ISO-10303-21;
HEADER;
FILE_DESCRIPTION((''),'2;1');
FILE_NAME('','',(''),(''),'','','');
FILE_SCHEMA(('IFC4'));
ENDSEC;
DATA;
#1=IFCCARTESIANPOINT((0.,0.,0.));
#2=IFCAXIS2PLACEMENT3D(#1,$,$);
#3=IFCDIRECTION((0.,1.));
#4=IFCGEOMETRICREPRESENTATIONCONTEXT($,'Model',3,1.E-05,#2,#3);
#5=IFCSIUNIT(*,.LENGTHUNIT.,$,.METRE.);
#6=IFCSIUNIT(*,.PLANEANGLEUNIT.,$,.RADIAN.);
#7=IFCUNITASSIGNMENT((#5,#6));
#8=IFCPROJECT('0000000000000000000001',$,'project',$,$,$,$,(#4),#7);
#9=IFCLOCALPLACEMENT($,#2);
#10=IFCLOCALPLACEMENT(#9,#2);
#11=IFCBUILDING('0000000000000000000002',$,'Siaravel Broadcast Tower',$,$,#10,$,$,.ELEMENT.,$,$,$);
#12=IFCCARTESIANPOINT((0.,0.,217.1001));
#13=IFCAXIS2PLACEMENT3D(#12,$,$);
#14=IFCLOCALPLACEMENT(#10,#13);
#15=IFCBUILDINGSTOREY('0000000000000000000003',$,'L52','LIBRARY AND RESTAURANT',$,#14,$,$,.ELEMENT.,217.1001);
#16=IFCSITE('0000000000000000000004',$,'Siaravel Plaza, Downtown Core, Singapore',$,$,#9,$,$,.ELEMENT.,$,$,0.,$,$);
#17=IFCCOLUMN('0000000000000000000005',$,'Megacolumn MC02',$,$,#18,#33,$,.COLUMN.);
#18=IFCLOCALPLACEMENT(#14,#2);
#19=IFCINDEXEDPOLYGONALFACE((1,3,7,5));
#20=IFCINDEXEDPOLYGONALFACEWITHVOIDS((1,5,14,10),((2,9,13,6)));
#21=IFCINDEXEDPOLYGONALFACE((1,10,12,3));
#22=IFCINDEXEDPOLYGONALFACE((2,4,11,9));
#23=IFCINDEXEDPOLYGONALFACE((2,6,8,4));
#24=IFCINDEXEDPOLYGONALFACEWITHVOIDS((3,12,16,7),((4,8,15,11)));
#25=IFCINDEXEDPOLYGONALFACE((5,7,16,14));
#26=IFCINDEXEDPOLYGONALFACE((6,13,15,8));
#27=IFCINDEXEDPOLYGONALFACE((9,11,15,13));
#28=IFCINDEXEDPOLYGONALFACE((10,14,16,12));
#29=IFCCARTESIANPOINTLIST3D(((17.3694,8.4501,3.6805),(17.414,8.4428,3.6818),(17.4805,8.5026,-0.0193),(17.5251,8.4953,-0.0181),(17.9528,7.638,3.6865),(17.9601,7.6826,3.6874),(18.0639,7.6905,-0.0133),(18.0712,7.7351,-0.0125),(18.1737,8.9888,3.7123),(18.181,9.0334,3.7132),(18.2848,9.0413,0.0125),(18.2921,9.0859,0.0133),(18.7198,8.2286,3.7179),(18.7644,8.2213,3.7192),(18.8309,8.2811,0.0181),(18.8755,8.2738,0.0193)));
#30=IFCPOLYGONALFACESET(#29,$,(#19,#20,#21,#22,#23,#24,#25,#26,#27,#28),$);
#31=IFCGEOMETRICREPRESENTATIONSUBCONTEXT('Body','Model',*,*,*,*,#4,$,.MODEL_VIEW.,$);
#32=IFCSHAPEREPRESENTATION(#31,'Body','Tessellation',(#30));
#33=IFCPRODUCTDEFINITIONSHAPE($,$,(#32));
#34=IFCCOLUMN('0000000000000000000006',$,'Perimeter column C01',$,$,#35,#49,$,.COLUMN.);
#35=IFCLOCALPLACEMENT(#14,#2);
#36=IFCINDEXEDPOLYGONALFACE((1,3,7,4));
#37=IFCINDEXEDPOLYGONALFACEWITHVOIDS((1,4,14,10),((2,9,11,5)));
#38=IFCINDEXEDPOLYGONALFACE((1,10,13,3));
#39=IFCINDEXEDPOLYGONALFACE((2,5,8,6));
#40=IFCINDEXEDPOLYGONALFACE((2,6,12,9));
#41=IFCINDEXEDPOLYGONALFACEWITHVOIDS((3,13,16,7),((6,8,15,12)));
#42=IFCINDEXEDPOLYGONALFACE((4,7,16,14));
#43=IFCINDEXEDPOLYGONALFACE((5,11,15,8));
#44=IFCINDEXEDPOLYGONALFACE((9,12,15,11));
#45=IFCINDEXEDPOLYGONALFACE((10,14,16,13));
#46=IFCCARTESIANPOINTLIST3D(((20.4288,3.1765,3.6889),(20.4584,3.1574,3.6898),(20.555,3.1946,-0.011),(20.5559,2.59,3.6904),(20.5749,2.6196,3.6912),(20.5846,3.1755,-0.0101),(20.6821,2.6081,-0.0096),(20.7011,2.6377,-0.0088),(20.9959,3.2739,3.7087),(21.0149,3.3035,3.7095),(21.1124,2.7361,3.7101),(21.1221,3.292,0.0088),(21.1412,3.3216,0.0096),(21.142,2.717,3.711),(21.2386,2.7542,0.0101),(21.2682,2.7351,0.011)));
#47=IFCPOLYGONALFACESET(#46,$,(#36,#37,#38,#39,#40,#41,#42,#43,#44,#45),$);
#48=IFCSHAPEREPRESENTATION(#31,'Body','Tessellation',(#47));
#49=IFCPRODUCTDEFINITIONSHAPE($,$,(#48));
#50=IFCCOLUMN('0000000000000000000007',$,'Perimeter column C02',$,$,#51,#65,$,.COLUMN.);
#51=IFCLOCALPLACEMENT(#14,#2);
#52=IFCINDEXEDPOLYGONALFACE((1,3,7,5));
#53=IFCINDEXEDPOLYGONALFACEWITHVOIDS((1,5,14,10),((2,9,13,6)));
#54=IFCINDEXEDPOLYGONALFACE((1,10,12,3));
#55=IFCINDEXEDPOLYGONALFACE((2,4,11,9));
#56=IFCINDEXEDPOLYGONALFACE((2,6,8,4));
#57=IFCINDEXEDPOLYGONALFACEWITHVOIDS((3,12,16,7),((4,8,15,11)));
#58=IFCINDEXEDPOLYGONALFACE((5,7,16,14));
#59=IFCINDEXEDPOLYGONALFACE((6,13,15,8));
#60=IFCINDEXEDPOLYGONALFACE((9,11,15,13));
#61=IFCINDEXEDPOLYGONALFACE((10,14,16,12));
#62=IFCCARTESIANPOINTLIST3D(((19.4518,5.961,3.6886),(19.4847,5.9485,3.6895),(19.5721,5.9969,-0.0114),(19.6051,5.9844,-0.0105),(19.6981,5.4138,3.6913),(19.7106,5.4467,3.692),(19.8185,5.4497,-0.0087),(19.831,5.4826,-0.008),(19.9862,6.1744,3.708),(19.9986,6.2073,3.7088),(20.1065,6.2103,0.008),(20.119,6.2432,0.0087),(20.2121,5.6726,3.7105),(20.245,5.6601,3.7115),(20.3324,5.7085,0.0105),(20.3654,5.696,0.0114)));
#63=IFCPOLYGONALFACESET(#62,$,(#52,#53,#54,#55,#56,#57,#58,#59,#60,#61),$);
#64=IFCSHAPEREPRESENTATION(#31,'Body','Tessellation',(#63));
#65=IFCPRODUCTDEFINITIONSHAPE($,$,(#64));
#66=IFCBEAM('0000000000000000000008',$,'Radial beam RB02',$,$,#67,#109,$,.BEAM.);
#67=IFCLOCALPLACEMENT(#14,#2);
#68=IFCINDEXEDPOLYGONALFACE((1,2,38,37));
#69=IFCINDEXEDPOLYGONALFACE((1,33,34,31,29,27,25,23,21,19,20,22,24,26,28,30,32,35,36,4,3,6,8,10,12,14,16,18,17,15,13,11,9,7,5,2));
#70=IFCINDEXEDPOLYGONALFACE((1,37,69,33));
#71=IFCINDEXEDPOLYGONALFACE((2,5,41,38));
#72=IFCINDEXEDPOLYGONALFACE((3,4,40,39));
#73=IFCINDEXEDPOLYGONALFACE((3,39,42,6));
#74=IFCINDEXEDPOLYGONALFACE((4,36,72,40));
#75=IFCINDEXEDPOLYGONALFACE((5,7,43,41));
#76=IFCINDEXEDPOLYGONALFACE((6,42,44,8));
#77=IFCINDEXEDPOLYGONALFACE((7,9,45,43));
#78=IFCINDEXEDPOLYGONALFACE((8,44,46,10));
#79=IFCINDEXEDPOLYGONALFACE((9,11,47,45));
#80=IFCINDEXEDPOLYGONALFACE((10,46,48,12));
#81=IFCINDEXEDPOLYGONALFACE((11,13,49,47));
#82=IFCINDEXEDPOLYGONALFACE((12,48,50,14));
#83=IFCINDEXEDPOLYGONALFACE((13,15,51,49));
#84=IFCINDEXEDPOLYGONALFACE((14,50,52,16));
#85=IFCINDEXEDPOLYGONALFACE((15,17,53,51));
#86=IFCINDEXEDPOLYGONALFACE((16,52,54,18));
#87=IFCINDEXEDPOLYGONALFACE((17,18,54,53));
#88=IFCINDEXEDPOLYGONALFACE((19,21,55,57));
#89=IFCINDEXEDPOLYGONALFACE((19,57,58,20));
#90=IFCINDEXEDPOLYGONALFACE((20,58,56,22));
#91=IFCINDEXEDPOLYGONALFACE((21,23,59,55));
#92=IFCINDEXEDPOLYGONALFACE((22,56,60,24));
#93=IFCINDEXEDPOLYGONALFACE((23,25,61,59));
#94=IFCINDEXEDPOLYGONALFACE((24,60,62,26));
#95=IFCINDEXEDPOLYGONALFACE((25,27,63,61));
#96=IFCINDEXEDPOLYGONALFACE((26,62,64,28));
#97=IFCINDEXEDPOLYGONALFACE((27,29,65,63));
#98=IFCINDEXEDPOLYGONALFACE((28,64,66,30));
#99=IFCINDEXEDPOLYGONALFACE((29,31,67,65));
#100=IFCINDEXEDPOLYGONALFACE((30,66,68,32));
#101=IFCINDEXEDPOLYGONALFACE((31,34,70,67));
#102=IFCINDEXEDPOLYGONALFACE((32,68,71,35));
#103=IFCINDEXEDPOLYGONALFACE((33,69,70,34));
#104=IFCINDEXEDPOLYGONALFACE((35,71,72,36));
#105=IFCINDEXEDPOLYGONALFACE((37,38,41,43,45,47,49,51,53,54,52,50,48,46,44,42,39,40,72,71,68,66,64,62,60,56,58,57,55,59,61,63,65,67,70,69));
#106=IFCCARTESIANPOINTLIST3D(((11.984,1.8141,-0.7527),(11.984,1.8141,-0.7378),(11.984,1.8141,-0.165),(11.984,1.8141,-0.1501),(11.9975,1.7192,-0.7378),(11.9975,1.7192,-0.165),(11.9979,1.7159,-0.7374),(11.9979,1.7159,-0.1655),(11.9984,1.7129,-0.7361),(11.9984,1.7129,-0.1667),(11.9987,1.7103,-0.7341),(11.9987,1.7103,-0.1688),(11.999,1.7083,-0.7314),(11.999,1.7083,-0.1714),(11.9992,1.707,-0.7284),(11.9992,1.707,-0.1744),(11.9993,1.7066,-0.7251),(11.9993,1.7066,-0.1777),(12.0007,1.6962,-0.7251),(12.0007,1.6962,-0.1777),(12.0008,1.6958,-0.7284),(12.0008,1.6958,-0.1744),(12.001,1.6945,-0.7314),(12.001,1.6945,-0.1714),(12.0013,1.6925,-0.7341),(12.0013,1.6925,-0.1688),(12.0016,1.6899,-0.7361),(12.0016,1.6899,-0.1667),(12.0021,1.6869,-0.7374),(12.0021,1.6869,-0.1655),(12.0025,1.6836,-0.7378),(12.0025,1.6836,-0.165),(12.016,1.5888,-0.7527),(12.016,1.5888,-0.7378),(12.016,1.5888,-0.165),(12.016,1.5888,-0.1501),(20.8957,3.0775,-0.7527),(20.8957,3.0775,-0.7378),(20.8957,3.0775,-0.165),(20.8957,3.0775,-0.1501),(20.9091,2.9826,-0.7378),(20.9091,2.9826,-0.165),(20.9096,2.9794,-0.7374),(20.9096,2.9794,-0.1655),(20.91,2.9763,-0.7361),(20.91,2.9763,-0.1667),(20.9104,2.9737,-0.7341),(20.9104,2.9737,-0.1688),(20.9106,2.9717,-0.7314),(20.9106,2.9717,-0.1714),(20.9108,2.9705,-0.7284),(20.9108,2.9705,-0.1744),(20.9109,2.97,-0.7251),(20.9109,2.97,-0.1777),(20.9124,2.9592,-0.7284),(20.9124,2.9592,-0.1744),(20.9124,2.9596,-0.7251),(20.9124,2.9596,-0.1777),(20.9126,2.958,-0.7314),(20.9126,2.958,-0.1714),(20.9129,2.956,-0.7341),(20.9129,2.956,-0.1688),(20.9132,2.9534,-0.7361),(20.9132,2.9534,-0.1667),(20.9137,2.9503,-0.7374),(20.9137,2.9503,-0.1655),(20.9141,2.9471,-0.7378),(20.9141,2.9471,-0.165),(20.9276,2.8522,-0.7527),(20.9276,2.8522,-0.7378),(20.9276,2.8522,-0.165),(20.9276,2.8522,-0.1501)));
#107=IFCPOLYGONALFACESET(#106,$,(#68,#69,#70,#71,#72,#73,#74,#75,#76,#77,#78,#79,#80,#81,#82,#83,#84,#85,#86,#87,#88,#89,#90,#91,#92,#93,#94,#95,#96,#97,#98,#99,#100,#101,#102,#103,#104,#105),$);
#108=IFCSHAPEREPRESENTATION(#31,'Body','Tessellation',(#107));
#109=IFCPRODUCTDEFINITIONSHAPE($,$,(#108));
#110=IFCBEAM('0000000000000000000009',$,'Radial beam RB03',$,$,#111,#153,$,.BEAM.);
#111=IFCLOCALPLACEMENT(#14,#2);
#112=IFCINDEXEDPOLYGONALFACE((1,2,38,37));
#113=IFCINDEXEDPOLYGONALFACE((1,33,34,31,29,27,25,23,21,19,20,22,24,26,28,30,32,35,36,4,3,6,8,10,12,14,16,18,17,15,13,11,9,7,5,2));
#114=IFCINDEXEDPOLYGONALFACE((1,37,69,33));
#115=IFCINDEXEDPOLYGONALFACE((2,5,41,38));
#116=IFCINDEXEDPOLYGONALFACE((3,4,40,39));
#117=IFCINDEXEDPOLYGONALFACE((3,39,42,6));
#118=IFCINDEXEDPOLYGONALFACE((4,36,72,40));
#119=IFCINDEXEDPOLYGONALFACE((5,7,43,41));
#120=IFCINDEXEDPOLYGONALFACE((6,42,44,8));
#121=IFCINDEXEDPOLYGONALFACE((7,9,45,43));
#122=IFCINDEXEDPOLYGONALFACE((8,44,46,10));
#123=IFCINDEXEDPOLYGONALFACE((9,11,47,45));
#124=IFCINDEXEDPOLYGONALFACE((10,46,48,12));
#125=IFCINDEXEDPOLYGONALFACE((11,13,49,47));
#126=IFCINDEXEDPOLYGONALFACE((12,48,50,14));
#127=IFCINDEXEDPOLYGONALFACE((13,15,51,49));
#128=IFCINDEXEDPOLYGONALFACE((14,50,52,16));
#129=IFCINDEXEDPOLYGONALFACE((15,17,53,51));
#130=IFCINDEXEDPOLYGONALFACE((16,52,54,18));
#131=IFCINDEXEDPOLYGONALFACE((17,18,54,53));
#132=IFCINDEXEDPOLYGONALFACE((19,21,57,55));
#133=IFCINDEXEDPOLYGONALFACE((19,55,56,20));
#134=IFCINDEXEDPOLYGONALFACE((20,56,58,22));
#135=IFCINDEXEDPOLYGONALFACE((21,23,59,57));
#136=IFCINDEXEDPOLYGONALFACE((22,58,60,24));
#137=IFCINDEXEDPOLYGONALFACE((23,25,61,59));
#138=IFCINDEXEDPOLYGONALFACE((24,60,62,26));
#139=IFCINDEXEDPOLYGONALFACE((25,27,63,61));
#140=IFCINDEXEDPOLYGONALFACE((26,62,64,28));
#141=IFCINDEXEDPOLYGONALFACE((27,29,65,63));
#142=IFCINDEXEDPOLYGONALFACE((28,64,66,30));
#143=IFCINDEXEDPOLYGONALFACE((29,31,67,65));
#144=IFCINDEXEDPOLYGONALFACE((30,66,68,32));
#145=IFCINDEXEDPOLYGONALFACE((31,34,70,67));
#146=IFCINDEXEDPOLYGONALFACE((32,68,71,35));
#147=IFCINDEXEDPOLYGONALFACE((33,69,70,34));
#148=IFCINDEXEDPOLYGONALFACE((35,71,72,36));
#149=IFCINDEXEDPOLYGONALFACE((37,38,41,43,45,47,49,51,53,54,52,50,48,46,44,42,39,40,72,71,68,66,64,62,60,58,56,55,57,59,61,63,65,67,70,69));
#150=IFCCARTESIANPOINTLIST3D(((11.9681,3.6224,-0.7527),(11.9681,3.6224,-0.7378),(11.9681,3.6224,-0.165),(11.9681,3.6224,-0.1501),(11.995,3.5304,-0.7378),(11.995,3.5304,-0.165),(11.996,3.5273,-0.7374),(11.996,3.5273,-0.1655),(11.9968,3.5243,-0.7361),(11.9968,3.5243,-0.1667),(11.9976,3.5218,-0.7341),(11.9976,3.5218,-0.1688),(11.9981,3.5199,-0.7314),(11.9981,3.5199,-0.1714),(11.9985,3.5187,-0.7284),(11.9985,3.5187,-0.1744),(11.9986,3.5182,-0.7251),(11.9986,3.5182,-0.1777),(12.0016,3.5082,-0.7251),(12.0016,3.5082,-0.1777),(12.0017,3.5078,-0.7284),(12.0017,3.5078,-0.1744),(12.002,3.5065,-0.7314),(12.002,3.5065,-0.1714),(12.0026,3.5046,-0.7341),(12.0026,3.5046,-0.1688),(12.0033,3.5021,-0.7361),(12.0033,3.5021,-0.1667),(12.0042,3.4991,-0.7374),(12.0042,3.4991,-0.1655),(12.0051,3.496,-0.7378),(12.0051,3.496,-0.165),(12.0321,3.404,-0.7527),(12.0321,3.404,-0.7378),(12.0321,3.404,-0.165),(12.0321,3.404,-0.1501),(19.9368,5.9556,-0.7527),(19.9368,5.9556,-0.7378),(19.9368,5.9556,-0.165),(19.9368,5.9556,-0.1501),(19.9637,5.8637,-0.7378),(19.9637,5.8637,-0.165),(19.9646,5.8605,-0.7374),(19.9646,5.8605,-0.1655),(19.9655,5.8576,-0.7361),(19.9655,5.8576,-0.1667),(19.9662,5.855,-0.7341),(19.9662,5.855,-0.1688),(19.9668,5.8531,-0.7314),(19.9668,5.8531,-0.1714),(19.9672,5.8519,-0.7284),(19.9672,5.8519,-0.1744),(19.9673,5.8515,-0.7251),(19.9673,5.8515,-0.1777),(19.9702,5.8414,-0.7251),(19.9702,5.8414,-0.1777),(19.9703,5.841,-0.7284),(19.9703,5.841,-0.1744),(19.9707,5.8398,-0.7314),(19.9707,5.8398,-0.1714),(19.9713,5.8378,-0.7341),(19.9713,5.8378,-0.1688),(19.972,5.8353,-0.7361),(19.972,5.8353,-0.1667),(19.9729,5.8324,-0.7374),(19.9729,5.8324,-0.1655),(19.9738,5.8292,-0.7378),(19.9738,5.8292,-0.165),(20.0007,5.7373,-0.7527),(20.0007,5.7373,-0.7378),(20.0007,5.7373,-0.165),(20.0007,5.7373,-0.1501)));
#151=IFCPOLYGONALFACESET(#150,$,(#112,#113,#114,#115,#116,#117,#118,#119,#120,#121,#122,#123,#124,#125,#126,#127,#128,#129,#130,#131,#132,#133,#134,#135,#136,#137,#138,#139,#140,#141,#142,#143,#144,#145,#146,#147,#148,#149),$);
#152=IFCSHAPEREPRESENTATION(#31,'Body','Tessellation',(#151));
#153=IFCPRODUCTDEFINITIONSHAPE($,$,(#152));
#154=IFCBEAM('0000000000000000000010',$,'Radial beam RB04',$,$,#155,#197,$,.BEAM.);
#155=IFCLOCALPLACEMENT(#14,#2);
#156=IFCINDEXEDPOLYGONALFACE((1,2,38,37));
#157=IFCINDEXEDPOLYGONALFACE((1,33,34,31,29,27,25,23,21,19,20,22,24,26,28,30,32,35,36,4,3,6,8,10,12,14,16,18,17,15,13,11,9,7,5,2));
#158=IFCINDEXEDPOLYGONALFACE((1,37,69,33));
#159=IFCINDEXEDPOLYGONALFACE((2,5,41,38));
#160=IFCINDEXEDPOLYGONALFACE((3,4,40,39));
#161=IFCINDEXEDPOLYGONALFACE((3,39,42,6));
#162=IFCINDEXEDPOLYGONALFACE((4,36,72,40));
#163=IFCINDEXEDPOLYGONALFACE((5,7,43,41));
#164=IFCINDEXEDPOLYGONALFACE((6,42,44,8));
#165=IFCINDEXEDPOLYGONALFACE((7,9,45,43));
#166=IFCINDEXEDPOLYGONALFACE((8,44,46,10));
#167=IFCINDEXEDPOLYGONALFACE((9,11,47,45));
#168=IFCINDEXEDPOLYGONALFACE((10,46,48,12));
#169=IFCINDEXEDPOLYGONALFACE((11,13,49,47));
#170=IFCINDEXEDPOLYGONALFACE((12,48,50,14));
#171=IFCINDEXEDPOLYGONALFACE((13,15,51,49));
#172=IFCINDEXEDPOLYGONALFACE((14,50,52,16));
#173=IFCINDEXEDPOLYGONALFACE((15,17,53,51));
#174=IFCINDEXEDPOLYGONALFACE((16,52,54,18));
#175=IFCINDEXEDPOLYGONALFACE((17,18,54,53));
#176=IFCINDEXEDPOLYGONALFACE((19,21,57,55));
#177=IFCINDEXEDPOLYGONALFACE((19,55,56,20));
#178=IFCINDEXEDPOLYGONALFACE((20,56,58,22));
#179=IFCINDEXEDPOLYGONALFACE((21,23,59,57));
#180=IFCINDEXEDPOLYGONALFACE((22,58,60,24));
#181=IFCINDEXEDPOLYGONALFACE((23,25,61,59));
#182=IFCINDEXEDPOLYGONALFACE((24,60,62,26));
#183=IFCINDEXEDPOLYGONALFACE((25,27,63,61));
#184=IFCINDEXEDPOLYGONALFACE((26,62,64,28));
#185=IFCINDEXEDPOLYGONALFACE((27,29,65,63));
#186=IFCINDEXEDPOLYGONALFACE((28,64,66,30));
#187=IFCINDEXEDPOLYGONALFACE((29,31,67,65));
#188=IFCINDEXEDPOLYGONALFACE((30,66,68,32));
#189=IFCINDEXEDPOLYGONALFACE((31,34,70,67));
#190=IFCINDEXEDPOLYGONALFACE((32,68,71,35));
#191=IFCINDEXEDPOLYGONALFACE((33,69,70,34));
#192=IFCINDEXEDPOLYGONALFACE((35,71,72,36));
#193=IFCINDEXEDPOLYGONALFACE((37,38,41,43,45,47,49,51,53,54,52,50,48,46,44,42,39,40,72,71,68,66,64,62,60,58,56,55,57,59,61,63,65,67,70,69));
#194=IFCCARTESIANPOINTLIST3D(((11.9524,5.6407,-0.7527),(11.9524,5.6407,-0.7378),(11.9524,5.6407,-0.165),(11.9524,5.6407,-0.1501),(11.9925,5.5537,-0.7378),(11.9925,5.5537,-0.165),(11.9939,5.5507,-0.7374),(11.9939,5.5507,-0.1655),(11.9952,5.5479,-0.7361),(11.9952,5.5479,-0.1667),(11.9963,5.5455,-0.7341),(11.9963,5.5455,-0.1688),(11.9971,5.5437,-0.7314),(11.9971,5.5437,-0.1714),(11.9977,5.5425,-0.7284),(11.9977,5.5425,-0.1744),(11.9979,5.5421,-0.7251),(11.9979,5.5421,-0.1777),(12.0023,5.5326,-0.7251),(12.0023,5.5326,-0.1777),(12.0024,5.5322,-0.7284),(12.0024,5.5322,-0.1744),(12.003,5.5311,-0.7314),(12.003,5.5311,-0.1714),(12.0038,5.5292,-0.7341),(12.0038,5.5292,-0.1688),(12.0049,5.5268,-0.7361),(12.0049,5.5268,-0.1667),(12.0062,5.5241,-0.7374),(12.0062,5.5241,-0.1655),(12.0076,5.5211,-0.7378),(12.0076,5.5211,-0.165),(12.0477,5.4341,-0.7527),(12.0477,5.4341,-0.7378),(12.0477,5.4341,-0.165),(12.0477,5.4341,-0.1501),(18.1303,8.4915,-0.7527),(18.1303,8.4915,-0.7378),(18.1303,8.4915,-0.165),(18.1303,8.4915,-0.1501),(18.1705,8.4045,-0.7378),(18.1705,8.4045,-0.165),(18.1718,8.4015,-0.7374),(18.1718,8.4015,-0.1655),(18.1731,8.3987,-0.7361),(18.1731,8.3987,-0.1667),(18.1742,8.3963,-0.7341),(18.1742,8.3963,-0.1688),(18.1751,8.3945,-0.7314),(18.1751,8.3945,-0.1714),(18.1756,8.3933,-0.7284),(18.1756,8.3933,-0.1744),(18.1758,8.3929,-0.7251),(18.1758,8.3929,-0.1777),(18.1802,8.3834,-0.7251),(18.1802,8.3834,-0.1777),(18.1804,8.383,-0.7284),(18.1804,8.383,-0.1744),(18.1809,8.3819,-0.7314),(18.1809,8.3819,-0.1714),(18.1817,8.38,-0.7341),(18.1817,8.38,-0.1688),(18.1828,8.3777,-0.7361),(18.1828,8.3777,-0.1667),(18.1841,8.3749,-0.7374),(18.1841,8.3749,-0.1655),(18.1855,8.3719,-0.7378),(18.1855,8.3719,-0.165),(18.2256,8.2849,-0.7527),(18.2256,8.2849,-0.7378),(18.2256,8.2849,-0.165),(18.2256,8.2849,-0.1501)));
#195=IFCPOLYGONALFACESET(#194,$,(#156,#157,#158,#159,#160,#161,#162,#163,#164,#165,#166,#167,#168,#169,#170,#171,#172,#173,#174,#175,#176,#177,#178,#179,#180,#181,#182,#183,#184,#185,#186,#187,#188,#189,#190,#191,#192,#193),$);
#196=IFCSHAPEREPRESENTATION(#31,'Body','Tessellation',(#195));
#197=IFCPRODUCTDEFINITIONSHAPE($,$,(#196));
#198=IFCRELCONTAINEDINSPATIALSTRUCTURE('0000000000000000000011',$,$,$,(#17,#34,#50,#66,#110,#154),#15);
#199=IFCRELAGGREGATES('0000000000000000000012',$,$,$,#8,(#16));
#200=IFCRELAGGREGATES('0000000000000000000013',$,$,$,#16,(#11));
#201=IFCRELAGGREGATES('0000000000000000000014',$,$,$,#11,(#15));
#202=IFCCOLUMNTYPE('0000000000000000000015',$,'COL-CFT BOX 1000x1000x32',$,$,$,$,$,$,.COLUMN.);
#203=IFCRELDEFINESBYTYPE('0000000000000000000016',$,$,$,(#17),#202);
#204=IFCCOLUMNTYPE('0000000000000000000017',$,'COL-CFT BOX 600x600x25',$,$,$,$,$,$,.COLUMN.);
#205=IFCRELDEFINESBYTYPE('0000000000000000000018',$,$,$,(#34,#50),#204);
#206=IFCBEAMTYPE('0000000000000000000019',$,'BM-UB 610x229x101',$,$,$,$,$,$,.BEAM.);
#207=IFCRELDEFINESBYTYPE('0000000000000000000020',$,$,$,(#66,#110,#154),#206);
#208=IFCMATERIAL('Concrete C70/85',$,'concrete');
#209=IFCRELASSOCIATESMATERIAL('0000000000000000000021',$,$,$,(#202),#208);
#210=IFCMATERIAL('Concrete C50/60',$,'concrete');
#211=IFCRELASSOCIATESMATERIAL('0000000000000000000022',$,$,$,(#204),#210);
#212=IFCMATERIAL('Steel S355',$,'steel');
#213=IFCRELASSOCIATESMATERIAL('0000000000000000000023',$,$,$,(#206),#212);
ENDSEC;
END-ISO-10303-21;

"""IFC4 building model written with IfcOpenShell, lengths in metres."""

from ifc_helpers import new_model, si_unit, direction, frame, origin, origin_2d, place, context, subcontext, project, spatial, hollow_rectangle, i_section, extrude, material, material_profile, profile_set, type_object, element, save


model = new_model("IFC4")

# Units and contexts
model_context = context("Model", 3, precision=1e-05, world=origin(), true_north=direction((0.0, 1.0)))
body_context = subcontext(model_context, "Body", "Model", "MODEL_VIEW")
ifc_project = project(units=[si_unit("LENGTHUNIT", "METRE"), si_unit("PLANEANGLEUNIT", "RADIAN")], contexts=[model_context])

# Site, building, storey
site_placement = place(None, origin())
site = spatial("IfcSite", under=ifc_project, at=site_placement, Name="Siaravel Plaza, Downtown Core, Singapore", CompositionType="ELEMENT", RefElevation=0.0)
building_placement = place(site_placement, origin())
building = spatial("IfcBuilding", under=site, at=building_placement, Name="Siaravel Broadcast Tower", CompositionType="ELEMENT")
storey_placement = place(building_placement, frame((0.0, 0.0, 217.1001)))
storey = spatial("IfcBuildingStorey", under=building, at=storey_placement, Name="L52", Description="LIBRARY AND RESTAURANT", CompositionType="ELEMENT", Elevation=217.1001)

# Columns
ifc_material_1 = material(Name="Concrete C70/85", Category="concrete")
ifc_material_profile_1 = material_profile(ifc_material_1, hollow_rectangle(XDim=1.0, YDim=1.0, WallThickness=0.032, at=origin_2d()))
ifc_profile_set_1 = profile_set([ifc_material_profile_1], Name="Concrete C70/85")
column_type_1 = type_object("IfcColumnType", Name="COL-CFT BOX 1000x1000x32", PredefinedType="COLUMN", material=ifc_profile_set_1)
column_placement = place(storey_placement, frame((18.178, 8.3882, 0.0), z_axis=(-0.030007, -0.014179, 0.999449), x_axis=(0.583437, -0.812136, 0.005995)))
element("IfcColumn", 1, at=column_placement, inside=storey, type_object=column_type_1, Name="Megacolumn MC02", PredefinedType="COLUMN", context=body_context, shape_type="SweptSolid", body=[
    extrude(hollow_rectangle(XDim=1.0, YDim=1.0, WallThickness=0.032, at=origin_2d()), origin(), (0.0, 0.0, 1.0), 3.7019),
])
ifc_material_2 = material(Name="Concrete C50/60", Category="concrete")
ifc_material_profile_2 = material_profile(ifc_material_2, hollow_rectangle(XDim=0.6001, YDim=0.6001, WallThickness=0.0249, at=origin_2d()))
ifc_profile_set_2 = profile_set([ifc_material_profile_2], Name="Concrete C50/60")
column_type_2 = type_object("IfcColumnType", Name="COL-CFT BOX 600x600x25", PredefinedType="COLUMN", material=ifc_profile_set_2)
for number, where, z_axis, x_axis, name in (
    (2, (20.9116, 2.9648, 0.0), (-0.034094, -0.00488, 0.999407), (0.211703, -0.977331, 0.00245), "Perimeter column C01"),
    (3, (19.9688, 5.8464, 0.0), (-0.032512, -0.009694, 0.999424), (0.410522, -0.91184, 0.00451), "Perimeter column C02"),
):
    element("IfcColumn", number, at=place(storey_placement, frame(where, z_axis=z_axis, x_axis=x_axis)), inside=storey, type_object=column_type_2, Name=name, PredefinedType="COLUMN", context=body_context, shape_type="SweptSolid", body=[
        extrude(hollow_rectangle(XDim=0.6001, YDim=0.6001, WallThickness=0.0249, at=origin_2d()), origin(), (0.0, 0.0, 1.0), 3.7021),
    ])

# Beams
ifc_material_3 = material(Name="Steel S355", Category="steel")
ifc_material_profile_3 = material_profile(ifc_material_3, i_section(OverallWidth=0.2275, OverallDepth=0.6025, WebThickness=0.0105, FlangeThickness=0.0149, FilletRadius=0.0127, at=origin_2d()))
ifc_profile_set_3 = profile_set([ifc_material_profile_3], Name="Steel S355")
beam_type = type_object("IfcBeamType", Name="BM-UB 610x229x101", PredefinedType="BEAM", material=ifc_profile_set_3)
beam_1_placement = place(storey_placement, frame((20.9116, 2.9648, -0.4514), z_axis=(-0.990099, -0.140369, 0.0), x_axis=(0.140369, -0.990099, 0.0)))
element("IfcBeam", 4, at=beam_1_placement, inside=storey, type_object=beam_type, Name="Radial beam RB02", PredefinedType="BEAM", context=body_context, shape_type="SweptSolid", body=[
    extrude(i_section(OverallWidth=0.2275, OverallDepth=0.6025, WebThickness=0.0105, FlangeThickness=0.0149, FilletRadius=0.0127, at=origin_2d()), origin(), (0.0, 0.0, 1.0), 9.0007),
])
beam_2_placement = place(storey_placement, frame((19.9688, 5.8464, -0.4514), z_axis=(-0.959707, -0.281002, 0.0), x_axis=(0.281002, -0.959707, 0.0)))
element("IfcBeam", 5, at=beam_2_placement, inside=storey, type_object=beam_type, Name="Radial beam RB03", PredefinedType="BEAM", context=body_context, shape_type="SweptSolid", body=[
    extrude(i_section(OverallWidth=0.2275, OverallDepth=0.6025, WebThickness=0.0105, FlangeThickness=0.0149, FilletRadius=0.0127, at=origin_2d()), origin(), (0.0, 0.0, 1.0), 8.3032),
])
beam_3_placement = place(storey_placement, frame((18.178, 8.3882, -0.4514), z_axis=(-0.90799, -0.418992, 0.0), x_axis=(0.418992, -0.90799, 0.0)))
element("IfcBeam", 6, at=beam_3_placement, inside=storey, type_object=beam_type, Name="Radial beam RB04", PredefinedType="BEAM", context=body_context, shape_type="SweptSolid", body=[
    extrude(i_section(OverallWidth=0.2275, OverallDepth=0.6025, WebThickness=0.0105, FlangeThickness=0.0149, FilletRadius=0.0127, at=origin_2d()), origin(), (0.0, 0.0, 1.0), 6.804),
])

save(model, "model.ifc")
